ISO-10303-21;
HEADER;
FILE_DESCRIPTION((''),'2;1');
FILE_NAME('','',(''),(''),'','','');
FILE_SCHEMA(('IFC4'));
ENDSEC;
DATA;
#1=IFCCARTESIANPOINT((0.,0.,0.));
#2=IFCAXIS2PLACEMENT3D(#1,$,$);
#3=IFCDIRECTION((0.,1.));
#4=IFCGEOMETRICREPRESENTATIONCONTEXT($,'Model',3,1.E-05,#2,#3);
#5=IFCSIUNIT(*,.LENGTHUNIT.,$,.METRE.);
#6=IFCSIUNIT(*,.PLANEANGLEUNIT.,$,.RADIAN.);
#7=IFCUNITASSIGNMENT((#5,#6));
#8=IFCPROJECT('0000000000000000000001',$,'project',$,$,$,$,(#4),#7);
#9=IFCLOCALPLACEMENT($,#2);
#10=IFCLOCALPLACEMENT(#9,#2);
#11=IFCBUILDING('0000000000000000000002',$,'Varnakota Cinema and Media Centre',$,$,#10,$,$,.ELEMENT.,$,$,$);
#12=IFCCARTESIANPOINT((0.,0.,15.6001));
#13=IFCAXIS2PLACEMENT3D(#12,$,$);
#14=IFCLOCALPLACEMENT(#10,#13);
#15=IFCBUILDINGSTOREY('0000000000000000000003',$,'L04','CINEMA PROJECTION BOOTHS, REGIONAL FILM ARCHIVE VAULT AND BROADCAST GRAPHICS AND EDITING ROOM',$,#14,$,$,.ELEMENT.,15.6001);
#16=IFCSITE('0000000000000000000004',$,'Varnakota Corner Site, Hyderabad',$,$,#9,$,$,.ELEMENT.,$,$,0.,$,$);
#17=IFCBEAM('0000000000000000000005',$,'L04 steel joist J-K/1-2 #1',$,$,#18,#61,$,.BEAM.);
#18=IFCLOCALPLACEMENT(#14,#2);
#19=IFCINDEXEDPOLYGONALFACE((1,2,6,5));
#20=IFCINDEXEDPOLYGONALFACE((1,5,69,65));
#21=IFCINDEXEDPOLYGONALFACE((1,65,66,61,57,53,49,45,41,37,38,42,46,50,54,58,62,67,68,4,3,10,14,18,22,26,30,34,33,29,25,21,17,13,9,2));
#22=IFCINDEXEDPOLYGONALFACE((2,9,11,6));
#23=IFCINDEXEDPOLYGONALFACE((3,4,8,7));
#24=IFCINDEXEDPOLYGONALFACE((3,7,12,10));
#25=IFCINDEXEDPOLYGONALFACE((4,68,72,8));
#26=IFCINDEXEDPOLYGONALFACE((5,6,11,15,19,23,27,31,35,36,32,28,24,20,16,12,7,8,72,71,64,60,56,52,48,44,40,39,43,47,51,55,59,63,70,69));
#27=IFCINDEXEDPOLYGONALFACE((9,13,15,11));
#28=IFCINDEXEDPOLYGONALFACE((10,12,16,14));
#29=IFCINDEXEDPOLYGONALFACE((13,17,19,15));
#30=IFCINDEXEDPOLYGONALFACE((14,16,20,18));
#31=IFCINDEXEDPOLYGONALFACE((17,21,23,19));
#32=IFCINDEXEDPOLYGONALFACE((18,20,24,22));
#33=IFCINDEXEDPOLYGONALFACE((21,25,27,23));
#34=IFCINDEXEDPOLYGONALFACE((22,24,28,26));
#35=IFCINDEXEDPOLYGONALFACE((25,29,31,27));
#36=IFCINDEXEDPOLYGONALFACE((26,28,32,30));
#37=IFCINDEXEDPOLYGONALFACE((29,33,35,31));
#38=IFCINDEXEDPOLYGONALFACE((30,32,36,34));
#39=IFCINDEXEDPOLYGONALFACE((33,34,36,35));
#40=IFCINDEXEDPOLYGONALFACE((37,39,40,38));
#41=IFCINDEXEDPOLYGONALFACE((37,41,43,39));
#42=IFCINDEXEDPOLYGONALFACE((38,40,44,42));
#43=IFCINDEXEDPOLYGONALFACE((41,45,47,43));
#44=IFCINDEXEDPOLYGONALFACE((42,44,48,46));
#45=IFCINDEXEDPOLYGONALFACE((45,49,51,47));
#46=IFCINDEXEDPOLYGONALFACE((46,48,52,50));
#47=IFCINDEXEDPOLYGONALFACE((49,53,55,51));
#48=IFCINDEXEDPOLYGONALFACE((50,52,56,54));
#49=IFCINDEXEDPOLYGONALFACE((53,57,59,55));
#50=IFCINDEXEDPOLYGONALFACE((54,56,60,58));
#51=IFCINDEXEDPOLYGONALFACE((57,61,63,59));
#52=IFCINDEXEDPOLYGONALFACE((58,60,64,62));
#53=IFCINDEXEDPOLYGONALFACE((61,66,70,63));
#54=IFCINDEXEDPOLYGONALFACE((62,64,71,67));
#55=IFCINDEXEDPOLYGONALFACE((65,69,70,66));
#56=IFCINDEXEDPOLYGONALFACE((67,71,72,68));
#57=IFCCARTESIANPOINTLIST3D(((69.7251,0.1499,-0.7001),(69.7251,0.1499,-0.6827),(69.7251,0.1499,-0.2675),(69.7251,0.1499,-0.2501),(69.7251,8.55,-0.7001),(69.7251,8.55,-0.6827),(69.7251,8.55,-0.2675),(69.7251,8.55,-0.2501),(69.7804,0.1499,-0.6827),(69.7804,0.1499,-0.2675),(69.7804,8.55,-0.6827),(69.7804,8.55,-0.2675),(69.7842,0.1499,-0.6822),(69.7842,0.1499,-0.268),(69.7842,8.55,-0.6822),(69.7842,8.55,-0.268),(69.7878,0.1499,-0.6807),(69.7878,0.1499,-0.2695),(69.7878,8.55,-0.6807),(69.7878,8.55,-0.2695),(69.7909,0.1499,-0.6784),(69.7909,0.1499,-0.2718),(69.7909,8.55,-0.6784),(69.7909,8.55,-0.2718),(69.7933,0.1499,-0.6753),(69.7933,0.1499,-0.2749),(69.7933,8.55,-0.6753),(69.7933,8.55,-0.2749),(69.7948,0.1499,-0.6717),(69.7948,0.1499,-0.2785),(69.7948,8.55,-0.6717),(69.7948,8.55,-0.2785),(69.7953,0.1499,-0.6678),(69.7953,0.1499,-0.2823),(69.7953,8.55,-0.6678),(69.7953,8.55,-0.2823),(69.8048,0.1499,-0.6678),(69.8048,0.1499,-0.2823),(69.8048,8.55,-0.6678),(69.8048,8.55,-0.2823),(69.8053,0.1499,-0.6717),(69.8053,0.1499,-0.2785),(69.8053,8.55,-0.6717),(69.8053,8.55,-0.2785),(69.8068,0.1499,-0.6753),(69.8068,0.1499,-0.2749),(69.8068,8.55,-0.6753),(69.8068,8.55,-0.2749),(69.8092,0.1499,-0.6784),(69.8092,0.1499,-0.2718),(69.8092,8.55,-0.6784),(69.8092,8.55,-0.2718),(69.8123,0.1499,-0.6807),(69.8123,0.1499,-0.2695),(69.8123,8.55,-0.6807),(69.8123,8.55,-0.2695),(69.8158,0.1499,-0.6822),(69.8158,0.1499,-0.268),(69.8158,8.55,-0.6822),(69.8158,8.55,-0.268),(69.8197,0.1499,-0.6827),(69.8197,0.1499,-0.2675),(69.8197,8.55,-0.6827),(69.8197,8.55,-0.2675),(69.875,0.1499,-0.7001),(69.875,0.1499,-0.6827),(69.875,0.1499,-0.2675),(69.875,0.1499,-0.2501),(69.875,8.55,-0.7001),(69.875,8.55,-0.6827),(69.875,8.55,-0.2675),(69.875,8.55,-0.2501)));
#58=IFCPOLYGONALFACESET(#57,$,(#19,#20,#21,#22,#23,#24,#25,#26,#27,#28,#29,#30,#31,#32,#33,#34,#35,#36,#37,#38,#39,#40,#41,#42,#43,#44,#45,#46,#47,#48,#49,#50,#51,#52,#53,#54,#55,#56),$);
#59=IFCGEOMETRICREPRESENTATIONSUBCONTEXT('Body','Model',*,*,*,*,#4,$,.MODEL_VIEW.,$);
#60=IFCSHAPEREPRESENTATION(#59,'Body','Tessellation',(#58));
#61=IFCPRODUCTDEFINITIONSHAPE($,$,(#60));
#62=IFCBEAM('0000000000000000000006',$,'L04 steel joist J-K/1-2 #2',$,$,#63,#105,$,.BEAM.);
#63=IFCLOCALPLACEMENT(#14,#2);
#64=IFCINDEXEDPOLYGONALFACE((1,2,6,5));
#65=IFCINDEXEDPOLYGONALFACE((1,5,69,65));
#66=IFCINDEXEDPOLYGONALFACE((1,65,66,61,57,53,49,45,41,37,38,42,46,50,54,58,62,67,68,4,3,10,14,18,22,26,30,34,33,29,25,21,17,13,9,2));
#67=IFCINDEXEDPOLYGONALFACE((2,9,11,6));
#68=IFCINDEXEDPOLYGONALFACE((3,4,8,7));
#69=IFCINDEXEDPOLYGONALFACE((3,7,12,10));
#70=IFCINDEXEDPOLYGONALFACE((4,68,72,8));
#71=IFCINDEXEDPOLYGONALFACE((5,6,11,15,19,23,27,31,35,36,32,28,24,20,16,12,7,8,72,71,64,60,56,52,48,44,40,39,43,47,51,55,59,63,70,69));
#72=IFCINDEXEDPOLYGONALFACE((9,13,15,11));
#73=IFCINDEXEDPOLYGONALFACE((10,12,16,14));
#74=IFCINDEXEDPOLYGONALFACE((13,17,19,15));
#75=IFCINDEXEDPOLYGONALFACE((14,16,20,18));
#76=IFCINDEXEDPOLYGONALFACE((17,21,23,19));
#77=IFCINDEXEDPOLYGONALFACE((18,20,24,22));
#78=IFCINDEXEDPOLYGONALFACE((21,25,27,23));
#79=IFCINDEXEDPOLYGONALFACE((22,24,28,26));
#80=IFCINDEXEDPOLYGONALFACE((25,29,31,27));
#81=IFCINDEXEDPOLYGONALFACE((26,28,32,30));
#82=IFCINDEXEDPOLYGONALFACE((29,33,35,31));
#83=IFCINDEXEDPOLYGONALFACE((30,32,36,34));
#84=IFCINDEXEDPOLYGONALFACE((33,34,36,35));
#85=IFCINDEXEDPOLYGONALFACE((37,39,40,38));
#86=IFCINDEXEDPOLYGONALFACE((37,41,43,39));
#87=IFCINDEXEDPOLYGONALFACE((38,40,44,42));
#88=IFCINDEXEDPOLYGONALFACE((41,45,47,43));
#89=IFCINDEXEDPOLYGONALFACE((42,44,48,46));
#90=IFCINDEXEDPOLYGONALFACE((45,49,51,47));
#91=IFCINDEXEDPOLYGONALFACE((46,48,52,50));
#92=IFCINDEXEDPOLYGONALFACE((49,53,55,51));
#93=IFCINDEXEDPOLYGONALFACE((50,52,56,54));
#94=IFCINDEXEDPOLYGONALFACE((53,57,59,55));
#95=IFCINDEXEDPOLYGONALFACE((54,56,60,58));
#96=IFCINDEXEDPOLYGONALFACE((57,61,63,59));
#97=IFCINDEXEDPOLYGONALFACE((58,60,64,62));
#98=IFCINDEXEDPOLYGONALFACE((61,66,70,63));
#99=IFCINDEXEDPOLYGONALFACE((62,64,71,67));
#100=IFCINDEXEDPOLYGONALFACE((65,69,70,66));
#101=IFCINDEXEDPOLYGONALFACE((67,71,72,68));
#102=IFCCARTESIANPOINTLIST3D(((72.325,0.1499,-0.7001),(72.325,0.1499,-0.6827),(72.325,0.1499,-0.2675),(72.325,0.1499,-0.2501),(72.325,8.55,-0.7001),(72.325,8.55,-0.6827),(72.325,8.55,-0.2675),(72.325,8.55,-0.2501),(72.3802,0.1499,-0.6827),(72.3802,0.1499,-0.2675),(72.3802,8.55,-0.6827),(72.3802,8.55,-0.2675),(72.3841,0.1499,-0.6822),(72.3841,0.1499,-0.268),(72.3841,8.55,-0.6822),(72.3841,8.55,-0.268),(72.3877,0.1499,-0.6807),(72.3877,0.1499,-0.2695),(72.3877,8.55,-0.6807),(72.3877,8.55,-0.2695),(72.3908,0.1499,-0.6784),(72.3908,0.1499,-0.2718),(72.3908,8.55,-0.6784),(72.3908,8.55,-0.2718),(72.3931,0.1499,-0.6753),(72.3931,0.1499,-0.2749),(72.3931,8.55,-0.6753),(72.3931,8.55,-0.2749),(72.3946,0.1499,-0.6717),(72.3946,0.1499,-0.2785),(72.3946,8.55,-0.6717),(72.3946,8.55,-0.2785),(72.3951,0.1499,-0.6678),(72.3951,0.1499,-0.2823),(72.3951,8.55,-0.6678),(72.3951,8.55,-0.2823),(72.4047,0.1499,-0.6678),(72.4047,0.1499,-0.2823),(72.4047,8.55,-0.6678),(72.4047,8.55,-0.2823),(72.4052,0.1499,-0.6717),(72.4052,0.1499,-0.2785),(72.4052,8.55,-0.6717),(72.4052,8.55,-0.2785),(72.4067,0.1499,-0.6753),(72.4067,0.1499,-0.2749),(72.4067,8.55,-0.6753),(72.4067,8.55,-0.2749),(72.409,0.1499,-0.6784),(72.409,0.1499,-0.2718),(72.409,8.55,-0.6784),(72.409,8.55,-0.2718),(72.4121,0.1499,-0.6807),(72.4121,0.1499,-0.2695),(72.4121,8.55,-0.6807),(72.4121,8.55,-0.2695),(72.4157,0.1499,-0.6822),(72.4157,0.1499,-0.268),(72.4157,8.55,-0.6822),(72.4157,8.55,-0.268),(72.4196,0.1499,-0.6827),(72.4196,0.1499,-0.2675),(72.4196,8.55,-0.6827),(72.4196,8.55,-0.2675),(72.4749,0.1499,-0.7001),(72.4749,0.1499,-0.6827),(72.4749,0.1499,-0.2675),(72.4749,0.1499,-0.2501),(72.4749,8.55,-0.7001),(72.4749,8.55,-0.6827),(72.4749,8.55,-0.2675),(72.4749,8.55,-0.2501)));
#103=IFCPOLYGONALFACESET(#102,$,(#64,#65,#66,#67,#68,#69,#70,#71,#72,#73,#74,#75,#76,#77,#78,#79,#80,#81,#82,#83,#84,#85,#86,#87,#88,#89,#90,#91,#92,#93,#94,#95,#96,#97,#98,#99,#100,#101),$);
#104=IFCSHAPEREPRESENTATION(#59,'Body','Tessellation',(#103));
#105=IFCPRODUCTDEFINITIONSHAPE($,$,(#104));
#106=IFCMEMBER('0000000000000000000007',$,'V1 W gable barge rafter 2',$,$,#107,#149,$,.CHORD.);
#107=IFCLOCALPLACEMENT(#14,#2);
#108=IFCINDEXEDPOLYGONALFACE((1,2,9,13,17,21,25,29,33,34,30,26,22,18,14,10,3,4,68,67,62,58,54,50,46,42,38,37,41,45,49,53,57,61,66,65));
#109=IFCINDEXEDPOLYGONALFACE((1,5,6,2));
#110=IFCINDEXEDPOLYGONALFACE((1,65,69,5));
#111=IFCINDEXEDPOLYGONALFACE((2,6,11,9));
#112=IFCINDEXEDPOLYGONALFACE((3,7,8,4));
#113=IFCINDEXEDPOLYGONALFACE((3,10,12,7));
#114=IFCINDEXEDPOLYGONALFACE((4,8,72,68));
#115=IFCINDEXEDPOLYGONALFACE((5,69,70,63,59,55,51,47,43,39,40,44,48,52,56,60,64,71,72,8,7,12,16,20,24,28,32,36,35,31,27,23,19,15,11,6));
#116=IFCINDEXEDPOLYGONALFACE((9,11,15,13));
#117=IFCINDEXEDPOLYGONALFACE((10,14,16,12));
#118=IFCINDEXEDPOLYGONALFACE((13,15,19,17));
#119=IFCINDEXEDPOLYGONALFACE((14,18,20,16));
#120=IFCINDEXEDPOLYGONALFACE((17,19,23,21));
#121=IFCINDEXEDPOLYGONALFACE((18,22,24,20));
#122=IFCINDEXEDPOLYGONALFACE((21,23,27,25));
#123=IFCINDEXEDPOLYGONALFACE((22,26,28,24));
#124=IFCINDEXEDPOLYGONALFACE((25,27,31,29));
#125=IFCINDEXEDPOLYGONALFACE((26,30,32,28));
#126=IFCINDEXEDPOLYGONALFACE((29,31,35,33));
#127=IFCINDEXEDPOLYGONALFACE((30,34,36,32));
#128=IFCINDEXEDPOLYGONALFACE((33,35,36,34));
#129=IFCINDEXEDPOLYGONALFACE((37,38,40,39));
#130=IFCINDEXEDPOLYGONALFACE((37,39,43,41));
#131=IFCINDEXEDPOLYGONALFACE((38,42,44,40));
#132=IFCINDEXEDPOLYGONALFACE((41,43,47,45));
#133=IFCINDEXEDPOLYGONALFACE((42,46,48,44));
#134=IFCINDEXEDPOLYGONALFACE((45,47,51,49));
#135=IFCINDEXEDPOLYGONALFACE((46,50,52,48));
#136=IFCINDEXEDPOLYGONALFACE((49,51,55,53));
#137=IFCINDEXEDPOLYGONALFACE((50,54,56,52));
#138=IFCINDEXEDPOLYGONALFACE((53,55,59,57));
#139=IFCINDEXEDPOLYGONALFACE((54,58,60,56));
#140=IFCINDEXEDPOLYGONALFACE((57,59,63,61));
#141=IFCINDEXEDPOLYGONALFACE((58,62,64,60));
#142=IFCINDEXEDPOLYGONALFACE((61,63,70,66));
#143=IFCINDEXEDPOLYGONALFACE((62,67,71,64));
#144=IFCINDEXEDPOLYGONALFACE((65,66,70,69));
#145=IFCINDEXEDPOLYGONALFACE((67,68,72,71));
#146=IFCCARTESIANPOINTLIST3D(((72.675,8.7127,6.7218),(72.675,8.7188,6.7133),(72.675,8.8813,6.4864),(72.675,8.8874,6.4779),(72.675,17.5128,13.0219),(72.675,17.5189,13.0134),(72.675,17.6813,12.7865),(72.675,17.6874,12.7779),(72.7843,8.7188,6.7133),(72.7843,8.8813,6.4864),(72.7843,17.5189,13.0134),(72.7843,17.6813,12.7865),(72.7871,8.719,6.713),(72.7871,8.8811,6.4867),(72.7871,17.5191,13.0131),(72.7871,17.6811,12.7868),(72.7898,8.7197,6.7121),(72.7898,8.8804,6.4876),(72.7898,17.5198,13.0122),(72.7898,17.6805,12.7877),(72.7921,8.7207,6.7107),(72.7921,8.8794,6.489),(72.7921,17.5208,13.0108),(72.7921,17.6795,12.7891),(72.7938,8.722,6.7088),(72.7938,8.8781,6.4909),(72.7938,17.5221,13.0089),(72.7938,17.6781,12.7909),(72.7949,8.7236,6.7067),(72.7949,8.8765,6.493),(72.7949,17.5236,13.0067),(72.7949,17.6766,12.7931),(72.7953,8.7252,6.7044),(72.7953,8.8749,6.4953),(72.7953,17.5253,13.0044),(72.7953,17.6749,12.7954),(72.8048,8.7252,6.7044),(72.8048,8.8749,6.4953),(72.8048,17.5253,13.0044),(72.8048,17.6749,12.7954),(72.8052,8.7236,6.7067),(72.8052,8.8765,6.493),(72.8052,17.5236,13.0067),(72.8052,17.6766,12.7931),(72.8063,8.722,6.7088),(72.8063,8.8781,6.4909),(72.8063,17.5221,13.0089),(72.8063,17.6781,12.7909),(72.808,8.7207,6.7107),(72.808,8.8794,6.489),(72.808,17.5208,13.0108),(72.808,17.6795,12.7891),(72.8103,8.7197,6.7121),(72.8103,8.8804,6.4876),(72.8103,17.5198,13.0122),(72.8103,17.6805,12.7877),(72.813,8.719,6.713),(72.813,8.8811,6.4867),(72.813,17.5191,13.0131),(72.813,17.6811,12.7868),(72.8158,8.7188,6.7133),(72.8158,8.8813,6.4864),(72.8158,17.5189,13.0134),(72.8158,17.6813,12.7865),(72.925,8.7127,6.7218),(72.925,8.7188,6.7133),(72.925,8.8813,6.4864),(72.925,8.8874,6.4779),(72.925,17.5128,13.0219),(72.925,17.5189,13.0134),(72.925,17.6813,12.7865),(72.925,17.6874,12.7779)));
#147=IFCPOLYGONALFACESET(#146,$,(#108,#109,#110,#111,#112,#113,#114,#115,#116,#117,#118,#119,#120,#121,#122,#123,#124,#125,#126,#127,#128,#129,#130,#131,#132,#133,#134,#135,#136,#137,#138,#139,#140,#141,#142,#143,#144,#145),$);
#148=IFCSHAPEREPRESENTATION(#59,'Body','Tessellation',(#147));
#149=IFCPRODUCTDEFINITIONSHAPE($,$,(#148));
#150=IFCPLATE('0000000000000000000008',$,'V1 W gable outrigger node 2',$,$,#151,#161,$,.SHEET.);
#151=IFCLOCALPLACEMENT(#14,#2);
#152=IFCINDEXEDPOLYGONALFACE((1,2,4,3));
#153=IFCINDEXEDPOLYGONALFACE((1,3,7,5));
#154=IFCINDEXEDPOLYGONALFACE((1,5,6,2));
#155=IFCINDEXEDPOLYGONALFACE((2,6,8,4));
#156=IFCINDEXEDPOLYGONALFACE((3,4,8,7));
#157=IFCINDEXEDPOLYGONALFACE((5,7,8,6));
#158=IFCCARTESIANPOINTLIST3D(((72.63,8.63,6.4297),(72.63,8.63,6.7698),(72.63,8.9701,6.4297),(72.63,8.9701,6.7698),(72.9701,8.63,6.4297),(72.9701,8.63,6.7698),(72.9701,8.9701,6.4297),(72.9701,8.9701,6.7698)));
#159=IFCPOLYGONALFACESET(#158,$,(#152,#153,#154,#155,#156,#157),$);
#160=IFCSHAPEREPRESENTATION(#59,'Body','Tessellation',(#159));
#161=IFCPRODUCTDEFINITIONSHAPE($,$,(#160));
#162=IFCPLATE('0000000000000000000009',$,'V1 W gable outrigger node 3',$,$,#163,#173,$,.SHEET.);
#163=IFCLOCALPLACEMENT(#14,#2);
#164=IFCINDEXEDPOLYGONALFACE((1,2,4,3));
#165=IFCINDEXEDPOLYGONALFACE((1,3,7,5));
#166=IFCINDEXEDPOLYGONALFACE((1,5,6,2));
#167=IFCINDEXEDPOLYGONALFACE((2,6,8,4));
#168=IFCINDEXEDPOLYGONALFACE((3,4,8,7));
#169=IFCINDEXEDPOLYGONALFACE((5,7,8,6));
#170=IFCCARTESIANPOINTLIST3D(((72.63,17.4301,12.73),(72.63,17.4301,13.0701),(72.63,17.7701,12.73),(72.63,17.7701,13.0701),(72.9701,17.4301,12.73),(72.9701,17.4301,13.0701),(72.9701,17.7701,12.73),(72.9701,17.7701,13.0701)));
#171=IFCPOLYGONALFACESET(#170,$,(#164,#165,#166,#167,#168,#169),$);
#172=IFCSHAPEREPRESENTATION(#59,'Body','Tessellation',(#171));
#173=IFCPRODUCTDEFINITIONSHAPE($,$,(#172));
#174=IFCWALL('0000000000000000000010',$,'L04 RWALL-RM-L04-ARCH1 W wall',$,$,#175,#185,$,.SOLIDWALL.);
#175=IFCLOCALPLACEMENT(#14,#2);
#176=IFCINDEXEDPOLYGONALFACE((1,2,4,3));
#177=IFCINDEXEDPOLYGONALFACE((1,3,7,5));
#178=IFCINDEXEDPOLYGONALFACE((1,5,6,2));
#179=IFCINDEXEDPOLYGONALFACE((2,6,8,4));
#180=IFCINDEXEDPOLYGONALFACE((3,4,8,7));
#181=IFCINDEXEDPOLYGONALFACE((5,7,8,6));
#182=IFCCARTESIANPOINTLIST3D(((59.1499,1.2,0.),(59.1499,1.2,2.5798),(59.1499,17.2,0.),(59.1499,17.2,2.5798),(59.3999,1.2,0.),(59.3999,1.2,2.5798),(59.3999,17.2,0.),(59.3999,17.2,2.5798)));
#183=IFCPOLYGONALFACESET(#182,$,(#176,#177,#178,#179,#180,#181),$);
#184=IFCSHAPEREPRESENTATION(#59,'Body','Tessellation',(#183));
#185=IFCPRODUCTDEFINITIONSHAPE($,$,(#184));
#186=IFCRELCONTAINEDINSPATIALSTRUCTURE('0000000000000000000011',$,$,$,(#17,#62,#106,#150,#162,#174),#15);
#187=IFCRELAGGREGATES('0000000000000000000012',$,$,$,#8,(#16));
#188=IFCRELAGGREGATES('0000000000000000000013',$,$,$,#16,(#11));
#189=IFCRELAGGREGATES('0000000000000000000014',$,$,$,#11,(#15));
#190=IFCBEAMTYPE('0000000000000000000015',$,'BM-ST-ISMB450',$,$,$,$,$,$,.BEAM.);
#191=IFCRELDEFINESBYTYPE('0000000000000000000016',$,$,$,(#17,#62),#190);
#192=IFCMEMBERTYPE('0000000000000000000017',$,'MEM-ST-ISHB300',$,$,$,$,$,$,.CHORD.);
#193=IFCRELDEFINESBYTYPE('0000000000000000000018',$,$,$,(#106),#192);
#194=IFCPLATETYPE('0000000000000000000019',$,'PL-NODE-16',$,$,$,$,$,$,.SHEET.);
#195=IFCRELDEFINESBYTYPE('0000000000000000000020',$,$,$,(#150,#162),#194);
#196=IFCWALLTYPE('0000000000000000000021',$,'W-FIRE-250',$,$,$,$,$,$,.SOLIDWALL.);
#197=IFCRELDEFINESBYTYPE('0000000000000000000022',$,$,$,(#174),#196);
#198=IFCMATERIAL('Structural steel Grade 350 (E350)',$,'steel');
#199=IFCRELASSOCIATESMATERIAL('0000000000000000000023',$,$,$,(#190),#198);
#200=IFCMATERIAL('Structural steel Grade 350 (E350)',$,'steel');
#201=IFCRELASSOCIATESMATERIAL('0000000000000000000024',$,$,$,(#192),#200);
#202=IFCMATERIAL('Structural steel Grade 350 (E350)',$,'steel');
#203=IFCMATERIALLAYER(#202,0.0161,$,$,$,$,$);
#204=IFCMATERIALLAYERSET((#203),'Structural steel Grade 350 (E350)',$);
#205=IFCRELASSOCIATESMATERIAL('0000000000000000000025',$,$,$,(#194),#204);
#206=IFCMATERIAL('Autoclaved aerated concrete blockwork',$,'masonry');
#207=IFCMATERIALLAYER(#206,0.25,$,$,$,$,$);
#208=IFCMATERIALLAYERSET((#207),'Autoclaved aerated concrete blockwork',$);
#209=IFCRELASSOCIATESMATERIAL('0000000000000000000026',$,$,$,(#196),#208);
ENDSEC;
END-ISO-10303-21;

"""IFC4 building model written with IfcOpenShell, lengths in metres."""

from ifc_helpers import new_model, si_unit, direction, frame, frame_2d, origin, origin_2d, place, context, subcontext, project, spatial, rectangle, i_section, extrude, material, layer, layer_set, material_profile, profile_set, type_object, element, save


model = new_model("IFC4")

# Units and contexts
model_context = context("Model", 3, precision=1e-05, world=origin(), true_north=direction((0.0, 1.0)))
body_context = subcontext(model_context, "Body", "Model", "MODEL_VIEW")
ifc_project = project(units=[si_unit("LENGTHUNIT", "METRE"), si_unit("PLANEANGLEUNIT", "RADIAN")], contexts=[model_context])

# Site, building, storey
site_placement = place(None, origin())
site = spatial("IfcSite", under=ifc_project, at=site_placement, Name="Varnakota Corner Site, Hyderabad", CompositionType="ELEMENT", RefElevation=0.0)
building_placement = place(site_placement, origin())
building = spatial("IfcBuilding", under=site, at=building_placement, Name="Varnakota Cinema and Media Centre", CompositionType="ELEMENT")
storey_placement = place(building_placement, frame((0.0, 0.0, 15.6001)))
storey = spatial("IfcBuildingStorey", under=building, at=storey_placement, Name="L04", Description="CINEMA PROJECTION BOOTHS, REGIONAL FILM ARCHIVE VAULT AND BROADCAST GRAPHICS AND EDITING ROOM", CompositionType="ELEMENT", Elevation=15.6001)

# Beams
ifc_material_1 = material(Name="Structural steel Grade 350 (E350)", Category="steel")
ifc_material_profile_1 = material_profile(ifc_material_1, i_section(OverallWidth=0.1499, OverallDepth=0.45, WebThickness=0.0095, FlangeThickness=0.0173, FilletRadius=0.0149, at=origin_2d()), Name="ISMB 450")
ifc_profile_set_1 = profile_set([ifc_material_profile_1], Name="Structural steel Grade 350 (E350)")
beam_type_1 = type_object("IfcBeamType", Name="BM-ST-ISMB450", PredefinedType="BEAM", material=ifc_profile_set_1)
for number, where, z_axis, x_axis, name in (
    (1, (69.8, 0.1499, -0.4751), (0.0, 1.0, 0.0), (-1.0, 0.0, 0.0), "L04 steel joist J-K/1-2 #1"),
    (2, (72.3999, 0.1499, -0.4751), (0.0, 1.0, 0.0), (-1.0, 0.0, 0.0), "L04 steel joist J-K/1-2 #2"),
):
    element("IfcBeam", number, at=place(storey_placement, frame(where, z_axis=z_axis, x_axis=x_axis)), inside=storey, type_object=beam_type_1, Name=name, PredefinedType="BEAM", context=body_context, shape_type="SweptSolid", body=[
        extrude(i_section(OverallWidth=0.1499, OverallDepth=0.45, WebThickness=0.0095, FlangeThickness=0.0173, FilletRadius=0.0149, at=origin_2d()), origin(), (0.0, 0.0, 1.0), 8.4001),
    ])

# Member
ifc_material_2 = material(Name="Structural steel Grade 350 (E350)", Category="steel")
ifc_material_profile_2 = material_profile(ifc_material_2, i_section(OverallWidth=0.25, OverallDepth=0.3, WebThickness=0.0095, FlangeThickness=0.0105, FilletRadius=0.011, at=origin_2d()), Name="ISHB 300")
ifc_profile_set_2 = profile_set([ifc_material_profile_2], Name="Structural steel Grade 350 (E350)")
member_type = type_object("IfcMemberType", Name="MEM-ST-ISHB300", PredefinedType="CHORD", material=ifc_profile_set_2)
member_placement = place(storey_placement, frame((72.8, 8.8, 6.5999), z_axis=(0.0, 0.813108, 0.582113), x_axis=(-1.0, 0.0, 0.0)))
element("IfcMember", 3, at=member_placement, inside=storey, type_object=member_type, Name="V1 W gable barge rafter 2", PredefinedType="CHORD", context=body_context, shape_type="SweptSolid", body=[
    extrude(i_section(OverallWidth=0.25, OverallDepth=0.3, WebThickness=0.0095, FlangeThickness=0.0105, FilletRadius=0.011, at=origin_2d()), origin(), (0.0, 0.0, 1.0), 10.8228),
])

# Plates
ifc_material_3 = material(Name="Structural steel Grade 350 (E350)", Category="steel")
ifc_layer_1 = layer(ifc_material_3, 0.0161)
ifc_layer_set_1 = layer_set([ifc_layer_1], Name="Structural steel Grade 350 (E350)")
plate_type = type_object("IfcPlateType", Name="PL-NODE-16", PredefinedType="SHEET", material=ifc_layer_set_1)
for number, where, z_axis, x_axis, name in (
    (4, (72.8, 8.8, 6.4297), (0.0, 0.0, 1.0), (1.0, 0.0, 0.0), "V1 W gable outrigger node 2"),
    (5, (72.8, 17.6001, 12.73), (0.0, 0.0, 1.0), (1.0, 0.0, 0.0), "V1 W gable outrigger node 3"),
):
    element("IfcPlate", number, at=place(storey_placement, frame(where, z_axis=z_axis, x_axis=x_axis)), inside=storey, type_object=plate_type, Name=name, PredefinedType="SHEET", context=body_context, shape_type="SweptSolid", body=[
        extrude(rectangle(XDim=0.3401, YDim=0.3401, at=origin_2d()), origin(), (0.0, 0.0, 1.0), 0.3401),
    ])

# Wall
ifc_material_4 = material(Name="Autoclaved aerated concrete blockwork", Category="masonry")
ifc_layer_2 = layer(ifc_material_4, 0.25)
ifc_layer_set_2 = layer_set([ifc_layer_2], Name="Autoclaved aerated concrete blockwork")
wall_type = type_object("IfcWallType", Name="W-FIRE-250", PredefinedType="SOLIDWALL", material=ifc_layer_set_2)
wall_1_placement = place(storey_placement, frame((59.2749, 1.2, 0.0), z_axis=(0.0, 0.0, 1.0), x_axis=(0.0, 1.0, 0.0)))
element("IfcWall", 6, at=wall_1_placement, inside=storey, type_object=wall_type, Name="L04 RWALL-RM-L04-ARCH1 W wall", PredefinedType="SOLIDWALL", context=body_context, shape_type="SweptSolid", body=[
    extrude(rectangle(XDim=16.0, YDim=0.25, at=frame_2d((8.0, 0.0))), origin(), (0.0, 0.0, 1.0), 2.5798),
])

save(model, "model.ifc")
